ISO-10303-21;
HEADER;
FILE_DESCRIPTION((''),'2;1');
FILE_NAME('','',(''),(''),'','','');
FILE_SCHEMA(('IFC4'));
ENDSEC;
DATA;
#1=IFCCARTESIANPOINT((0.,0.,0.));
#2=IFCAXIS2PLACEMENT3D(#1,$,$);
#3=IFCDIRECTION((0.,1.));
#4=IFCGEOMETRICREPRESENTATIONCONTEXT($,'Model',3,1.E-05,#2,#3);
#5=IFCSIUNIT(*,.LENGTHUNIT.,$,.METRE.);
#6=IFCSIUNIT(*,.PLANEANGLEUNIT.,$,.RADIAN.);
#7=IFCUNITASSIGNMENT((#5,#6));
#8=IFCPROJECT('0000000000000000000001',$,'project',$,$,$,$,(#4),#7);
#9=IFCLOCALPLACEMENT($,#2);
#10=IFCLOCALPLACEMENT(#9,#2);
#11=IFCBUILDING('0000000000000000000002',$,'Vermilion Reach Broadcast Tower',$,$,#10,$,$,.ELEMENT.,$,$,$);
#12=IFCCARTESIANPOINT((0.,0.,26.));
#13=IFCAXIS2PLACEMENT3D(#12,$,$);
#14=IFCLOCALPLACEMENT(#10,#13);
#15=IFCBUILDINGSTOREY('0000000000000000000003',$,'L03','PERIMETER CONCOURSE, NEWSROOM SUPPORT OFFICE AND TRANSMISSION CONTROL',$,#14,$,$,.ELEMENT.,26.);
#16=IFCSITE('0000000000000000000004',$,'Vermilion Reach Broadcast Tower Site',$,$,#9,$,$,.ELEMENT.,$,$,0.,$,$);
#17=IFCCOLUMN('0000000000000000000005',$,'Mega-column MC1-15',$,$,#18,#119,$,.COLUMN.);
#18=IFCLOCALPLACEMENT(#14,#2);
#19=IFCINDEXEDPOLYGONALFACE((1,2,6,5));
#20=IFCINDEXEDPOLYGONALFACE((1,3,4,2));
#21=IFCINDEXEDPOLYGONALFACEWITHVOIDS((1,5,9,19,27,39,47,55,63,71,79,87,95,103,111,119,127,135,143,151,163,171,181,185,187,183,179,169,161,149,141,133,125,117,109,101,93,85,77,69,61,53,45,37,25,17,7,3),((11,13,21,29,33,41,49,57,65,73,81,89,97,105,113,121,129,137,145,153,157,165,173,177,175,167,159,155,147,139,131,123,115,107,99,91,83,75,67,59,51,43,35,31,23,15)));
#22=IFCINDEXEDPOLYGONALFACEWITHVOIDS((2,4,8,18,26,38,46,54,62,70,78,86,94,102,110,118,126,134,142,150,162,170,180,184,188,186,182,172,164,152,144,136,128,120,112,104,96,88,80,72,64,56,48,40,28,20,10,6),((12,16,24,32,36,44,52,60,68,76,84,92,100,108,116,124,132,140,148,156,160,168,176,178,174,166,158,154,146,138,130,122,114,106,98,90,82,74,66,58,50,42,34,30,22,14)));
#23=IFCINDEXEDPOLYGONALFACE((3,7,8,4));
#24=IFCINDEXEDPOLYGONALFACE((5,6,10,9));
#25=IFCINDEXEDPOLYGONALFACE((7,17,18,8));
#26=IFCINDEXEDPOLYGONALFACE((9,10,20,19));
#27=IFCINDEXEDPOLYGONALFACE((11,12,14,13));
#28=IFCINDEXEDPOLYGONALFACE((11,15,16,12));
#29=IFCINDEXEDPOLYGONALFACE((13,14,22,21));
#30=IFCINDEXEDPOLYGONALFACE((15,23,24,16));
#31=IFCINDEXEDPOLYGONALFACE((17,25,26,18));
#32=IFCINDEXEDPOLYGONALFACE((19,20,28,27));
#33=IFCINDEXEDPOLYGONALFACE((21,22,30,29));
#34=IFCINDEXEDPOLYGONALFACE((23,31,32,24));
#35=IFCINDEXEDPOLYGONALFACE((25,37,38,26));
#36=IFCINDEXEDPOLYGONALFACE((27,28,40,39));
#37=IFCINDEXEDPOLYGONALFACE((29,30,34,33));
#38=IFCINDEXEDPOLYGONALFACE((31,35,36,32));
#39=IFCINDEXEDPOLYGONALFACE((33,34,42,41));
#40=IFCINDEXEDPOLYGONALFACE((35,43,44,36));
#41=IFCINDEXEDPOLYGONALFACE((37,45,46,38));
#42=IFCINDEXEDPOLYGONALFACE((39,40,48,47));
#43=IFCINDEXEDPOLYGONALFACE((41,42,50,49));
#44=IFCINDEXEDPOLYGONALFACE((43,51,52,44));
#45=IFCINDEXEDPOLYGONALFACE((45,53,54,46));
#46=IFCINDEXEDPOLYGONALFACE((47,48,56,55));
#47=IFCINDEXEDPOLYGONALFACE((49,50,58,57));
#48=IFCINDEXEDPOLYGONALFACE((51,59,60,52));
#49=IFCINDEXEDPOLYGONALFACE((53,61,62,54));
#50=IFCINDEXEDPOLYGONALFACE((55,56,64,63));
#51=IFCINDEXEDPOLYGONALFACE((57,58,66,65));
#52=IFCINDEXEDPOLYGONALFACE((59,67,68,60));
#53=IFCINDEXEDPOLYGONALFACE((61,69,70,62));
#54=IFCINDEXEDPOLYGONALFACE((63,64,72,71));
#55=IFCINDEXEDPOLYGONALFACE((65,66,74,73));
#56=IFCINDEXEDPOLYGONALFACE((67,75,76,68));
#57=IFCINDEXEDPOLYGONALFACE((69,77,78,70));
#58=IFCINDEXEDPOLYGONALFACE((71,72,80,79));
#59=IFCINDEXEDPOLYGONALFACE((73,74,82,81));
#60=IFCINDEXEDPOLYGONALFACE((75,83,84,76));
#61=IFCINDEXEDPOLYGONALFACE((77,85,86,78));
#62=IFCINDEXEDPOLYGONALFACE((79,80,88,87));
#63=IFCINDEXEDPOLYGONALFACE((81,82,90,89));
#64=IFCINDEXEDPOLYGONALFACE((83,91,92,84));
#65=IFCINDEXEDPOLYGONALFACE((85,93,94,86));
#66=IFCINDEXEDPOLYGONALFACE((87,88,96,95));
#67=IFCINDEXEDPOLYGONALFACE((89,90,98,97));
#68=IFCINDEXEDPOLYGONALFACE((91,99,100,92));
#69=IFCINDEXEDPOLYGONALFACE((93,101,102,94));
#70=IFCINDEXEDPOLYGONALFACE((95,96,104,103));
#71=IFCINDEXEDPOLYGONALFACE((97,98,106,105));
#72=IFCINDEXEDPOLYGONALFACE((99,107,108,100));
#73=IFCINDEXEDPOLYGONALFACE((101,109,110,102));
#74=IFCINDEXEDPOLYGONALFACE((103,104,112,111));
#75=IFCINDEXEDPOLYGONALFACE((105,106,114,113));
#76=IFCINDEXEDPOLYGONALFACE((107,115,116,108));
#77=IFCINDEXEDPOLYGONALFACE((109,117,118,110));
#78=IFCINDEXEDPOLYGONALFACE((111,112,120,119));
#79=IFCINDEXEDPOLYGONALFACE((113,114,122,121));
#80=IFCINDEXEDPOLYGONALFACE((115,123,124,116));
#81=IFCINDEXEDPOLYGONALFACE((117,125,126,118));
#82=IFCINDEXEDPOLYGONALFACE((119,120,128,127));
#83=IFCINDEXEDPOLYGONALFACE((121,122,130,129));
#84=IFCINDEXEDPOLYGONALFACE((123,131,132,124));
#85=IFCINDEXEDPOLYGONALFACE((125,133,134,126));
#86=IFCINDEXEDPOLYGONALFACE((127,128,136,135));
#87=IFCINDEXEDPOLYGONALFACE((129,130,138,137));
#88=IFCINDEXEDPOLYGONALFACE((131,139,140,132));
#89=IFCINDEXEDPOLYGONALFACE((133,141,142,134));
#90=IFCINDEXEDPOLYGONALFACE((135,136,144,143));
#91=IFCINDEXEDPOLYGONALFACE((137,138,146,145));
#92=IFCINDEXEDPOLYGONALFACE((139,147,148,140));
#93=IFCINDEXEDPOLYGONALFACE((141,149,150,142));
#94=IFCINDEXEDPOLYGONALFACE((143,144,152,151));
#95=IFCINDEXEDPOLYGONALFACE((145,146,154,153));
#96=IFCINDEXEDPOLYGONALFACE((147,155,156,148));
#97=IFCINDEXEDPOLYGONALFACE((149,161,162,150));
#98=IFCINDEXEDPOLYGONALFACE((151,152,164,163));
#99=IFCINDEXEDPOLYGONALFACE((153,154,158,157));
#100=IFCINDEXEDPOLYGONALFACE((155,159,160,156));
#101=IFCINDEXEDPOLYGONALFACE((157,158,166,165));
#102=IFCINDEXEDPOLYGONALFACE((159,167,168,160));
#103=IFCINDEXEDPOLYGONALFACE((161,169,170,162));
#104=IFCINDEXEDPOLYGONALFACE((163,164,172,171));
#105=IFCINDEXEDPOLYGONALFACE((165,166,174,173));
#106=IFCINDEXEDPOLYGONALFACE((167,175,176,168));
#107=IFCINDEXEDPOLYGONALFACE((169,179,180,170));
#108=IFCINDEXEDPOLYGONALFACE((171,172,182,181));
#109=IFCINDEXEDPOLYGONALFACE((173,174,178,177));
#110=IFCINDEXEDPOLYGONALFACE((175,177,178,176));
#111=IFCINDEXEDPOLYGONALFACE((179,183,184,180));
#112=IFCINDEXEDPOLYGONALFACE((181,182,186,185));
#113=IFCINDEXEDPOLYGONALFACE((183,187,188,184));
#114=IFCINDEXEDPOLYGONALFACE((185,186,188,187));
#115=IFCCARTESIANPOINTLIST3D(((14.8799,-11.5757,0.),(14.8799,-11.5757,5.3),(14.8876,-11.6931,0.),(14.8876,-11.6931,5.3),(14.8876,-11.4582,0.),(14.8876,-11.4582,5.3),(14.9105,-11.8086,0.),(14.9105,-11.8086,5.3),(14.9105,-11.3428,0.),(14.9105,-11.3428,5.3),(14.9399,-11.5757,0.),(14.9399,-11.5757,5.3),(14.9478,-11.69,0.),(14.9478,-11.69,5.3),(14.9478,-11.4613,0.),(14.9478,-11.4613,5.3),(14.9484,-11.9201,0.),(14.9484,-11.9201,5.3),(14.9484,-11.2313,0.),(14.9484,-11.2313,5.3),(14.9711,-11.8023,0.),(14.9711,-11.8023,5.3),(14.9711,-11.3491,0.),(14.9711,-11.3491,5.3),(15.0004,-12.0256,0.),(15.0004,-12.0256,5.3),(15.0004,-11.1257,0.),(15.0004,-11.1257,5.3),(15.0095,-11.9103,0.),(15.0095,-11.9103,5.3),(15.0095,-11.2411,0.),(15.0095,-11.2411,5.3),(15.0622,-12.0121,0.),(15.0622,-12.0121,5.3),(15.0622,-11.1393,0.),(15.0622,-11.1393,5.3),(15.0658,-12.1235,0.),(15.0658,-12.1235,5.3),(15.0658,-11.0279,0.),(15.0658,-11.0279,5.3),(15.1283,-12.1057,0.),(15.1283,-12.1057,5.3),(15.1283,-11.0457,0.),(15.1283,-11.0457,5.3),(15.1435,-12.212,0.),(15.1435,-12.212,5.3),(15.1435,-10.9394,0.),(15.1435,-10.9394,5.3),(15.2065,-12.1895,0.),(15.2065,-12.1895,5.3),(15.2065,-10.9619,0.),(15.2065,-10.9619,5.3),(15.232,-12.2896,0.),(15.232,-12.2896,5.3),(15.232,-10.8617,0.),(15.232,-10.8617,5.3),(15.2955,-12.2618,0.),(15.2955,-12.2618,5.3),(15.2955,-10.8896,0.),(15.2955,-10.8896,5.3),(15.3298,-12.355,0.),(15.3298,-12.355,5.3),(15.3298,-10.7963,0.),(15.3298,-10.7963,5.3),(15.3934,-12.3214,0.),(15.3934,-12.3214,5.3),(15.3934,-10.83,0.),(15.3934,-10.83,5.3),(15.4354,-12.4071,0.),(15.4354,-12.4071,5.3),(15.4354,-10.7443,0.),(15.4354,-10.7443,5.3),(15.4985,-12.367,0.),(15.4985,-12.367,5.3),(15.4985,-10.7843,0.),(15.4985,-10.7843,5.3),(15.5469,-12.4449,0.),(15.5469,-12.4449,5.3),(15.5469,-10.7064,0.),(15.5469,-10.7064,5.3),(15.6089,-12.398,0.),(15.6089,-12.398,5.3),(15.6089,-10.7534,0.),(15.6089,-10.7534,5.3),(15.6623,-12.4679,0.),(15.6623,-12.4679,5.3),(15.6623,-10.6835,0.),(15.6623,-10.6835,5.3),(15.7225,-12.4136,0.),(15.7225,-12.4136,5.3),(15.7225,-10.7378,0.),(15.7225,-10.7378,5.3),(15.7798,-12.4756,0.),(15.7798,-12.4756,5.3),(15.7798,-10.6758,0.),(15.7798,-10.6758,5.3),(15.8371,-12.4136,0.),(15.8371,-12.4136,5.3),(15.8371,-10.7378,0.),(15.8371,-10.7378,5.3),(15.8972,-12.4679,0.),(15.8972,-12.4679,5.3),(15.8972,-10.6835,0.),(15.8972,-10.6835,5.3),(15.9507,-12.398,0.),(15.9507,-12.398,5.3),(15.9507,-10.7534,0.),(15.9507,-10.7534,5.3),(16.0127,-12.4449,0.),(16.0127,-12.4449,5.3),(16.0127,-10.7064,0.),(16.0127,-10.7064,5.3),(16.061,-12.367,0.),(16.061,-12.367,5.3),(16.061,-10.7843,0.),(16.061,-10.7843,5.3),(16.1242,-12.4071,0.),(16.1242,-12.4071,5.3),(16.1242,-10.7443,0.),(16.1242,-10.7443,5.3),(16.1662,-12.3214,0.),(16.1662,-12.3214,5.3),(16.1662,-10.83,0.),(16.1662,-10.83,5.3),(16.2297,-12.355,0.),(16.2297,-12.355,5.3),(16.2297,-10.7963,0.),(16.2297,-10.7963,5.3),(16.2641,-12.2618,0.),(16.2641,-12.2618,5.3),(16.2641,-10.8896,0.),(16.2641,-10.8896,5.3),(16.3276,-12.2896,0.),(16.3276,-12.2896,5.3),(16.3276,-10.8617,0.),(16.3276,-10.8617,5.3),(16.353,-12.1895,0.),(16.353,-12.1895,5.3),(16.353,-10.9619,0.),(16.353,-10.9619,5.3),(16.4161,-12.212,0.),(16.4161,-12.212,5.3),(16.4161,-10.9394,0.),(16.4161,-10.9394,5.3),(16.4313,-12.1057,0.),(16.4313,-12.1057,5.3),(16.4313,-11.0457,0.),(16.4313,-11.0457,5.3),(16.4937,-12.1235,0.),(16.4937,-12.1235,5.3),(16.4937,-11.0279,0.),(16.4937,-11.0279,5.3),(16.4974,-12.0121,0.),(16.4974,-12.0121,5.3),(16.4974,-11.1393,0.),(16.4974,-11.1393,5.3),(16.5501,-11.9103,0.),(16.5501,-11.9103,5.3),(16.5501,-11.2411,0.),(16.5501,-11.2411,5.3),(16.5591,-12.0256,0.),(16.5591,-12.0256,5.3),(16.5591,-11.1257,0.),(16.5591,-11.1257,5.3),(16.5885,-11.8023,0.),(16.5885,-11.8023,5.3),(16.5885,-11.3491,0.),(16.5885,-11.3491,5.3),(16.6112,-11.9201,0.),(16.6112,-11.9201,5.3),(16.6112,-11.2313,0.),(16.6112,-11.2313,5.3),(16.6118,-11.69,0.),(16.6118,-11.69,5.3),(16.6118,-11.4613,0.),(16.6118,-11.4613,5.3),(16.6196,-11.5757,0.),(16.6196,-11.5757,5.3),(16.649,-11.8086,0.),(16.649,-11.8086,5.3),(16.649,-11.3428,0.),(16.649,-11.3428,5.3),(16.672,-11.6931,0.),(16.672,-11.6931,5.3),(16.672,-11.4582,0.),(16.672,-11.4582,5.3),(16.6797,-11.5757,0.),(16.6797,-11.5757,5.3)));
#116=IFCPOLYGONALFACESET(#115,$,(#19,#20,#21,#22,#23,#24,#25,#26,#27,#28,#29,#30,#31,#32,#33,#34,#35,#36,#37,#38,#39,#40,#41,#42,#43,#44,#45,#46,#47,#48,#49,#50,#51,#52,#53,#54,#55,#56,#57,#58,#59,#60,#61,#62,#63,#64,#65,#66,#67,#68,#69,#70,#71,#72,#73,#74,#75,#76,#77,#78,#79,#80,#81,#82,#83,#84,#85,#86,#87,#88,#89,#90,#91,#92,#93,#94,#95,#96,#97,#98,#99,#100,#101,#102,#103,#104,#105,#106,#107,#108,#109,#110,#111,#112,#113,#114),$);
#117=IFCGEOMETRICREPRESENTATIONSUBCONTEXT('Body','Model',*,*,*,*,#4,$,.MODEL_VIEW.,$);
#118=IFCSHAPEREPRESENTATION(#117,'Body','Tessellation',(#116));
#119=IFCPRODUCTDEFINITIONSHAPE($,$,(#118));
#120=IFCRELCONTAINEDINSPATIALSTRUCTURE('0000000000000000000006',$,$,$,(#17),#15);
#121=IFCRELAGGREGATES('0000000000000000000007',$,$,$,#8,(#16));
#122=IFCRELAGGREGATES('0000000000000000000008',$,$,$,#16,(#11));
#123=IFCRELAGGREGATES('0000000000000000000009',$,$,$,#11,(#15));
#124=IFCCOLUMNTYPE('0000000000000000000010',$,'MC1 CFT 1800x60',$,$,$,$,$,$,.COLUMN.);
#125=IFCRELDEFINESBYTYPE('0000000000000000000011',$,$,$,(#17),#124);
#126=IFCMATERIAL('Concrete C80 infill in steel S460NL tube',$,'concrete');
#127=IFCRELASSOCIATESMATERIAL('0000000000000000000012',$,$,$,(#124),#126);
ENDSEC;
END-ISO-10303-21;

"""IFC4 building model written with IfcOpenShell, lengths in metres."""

from ifc_helpers import new_model, si_unit, direction, frame, origin, origin_2d, place, context, subcontext, project, spatial, hollow_circle, extrude, material, material_profile, profile_set, type_object, element, save


model = new_model("IFC4")

# Units and contexts
model_context = context("Model", 3, precision=1e-05, world=origin(), true_north=direction((0.0, 1.0)))
body_context = subcontext(model_context, "Body", "Model", "MODEL_VIEW")
ifc_project = project(units=[si_unit("LENGTHUNIT", "METRE"), si_unit("PLANEANGLEUNIT", "RADIAN")], contexts=[model_context])

# Site, building, storey
site_placement = place(None, origin())
site = spatial("IfcSite", under=ifc_project, at=site_placement, Name="Vermilion Reach Broadcast Tower Site", CompositionType="ELEMENT", RefElevation=0.0)
building_placement = place(site_placement, origin())
building = spatial("IfcBuilding", under=site, at=building_placement, Name="Vermilion Reach Broadcast Tower", CompositionType="ELEMENT")
storey_placement = place(building_placement, frame((0.0, 0.0, 26.0)))
storey = spatial("IfcBuildingStorey", under=building, at=storey_placement, Name="L03", Description="PERIMETER CONCOURSE, NEWSROOM SUPPORT OFFICE AND TRANSMISSION CONTROL", CompositionType="ELEMENT", Elevation=26.0)

# Column
ifc_material_1 = material(Name="Concrete C80 infill in steel S460NL tube", Category="concrete")
ifc_material_profile_1 = material_profile(ifc_material_1, hollow_circle(Radius=0.8999, WallThickness=0.0601, at=origin_2d()), Name="Concrete C80 infill in steel S460NL tube CFT 1800x60")
ifc_profile_set_1 = profile_set([ifc_material_profile_1], Name="Concrete C80 infill in steel S460NL tube")
column_type = type_object("IfcColumnType", Name="MC1 CFT 1800x60", PredefinedType="COLUMN", material=ifc_profile_set_1)
for number, where, z_axis, x_axis, name in (
    (1, (15.7798, -11.5757, 0.0), (0.0, 0.0, 1.0), (1.0, 0.0, 0.0), "Mega-column MC1-15"),
):
    element("IfcColumn", number, at=place(storey_placement, frame(where, z_axis=z_axis, x_axis=x_axis)), inside=storey, type_object=column_type, Name=name, PredefinedType="COLUMN", context=body_context, shape_type="SweptSolid", body=[
        extrude(hollow_circle(Radius=0.8999, WallThickness=0.0601, at=origin_2d()), origin(), (0.0, 0.0, 1.0), 5.3),
    ])

save(model, "model.ifc")
